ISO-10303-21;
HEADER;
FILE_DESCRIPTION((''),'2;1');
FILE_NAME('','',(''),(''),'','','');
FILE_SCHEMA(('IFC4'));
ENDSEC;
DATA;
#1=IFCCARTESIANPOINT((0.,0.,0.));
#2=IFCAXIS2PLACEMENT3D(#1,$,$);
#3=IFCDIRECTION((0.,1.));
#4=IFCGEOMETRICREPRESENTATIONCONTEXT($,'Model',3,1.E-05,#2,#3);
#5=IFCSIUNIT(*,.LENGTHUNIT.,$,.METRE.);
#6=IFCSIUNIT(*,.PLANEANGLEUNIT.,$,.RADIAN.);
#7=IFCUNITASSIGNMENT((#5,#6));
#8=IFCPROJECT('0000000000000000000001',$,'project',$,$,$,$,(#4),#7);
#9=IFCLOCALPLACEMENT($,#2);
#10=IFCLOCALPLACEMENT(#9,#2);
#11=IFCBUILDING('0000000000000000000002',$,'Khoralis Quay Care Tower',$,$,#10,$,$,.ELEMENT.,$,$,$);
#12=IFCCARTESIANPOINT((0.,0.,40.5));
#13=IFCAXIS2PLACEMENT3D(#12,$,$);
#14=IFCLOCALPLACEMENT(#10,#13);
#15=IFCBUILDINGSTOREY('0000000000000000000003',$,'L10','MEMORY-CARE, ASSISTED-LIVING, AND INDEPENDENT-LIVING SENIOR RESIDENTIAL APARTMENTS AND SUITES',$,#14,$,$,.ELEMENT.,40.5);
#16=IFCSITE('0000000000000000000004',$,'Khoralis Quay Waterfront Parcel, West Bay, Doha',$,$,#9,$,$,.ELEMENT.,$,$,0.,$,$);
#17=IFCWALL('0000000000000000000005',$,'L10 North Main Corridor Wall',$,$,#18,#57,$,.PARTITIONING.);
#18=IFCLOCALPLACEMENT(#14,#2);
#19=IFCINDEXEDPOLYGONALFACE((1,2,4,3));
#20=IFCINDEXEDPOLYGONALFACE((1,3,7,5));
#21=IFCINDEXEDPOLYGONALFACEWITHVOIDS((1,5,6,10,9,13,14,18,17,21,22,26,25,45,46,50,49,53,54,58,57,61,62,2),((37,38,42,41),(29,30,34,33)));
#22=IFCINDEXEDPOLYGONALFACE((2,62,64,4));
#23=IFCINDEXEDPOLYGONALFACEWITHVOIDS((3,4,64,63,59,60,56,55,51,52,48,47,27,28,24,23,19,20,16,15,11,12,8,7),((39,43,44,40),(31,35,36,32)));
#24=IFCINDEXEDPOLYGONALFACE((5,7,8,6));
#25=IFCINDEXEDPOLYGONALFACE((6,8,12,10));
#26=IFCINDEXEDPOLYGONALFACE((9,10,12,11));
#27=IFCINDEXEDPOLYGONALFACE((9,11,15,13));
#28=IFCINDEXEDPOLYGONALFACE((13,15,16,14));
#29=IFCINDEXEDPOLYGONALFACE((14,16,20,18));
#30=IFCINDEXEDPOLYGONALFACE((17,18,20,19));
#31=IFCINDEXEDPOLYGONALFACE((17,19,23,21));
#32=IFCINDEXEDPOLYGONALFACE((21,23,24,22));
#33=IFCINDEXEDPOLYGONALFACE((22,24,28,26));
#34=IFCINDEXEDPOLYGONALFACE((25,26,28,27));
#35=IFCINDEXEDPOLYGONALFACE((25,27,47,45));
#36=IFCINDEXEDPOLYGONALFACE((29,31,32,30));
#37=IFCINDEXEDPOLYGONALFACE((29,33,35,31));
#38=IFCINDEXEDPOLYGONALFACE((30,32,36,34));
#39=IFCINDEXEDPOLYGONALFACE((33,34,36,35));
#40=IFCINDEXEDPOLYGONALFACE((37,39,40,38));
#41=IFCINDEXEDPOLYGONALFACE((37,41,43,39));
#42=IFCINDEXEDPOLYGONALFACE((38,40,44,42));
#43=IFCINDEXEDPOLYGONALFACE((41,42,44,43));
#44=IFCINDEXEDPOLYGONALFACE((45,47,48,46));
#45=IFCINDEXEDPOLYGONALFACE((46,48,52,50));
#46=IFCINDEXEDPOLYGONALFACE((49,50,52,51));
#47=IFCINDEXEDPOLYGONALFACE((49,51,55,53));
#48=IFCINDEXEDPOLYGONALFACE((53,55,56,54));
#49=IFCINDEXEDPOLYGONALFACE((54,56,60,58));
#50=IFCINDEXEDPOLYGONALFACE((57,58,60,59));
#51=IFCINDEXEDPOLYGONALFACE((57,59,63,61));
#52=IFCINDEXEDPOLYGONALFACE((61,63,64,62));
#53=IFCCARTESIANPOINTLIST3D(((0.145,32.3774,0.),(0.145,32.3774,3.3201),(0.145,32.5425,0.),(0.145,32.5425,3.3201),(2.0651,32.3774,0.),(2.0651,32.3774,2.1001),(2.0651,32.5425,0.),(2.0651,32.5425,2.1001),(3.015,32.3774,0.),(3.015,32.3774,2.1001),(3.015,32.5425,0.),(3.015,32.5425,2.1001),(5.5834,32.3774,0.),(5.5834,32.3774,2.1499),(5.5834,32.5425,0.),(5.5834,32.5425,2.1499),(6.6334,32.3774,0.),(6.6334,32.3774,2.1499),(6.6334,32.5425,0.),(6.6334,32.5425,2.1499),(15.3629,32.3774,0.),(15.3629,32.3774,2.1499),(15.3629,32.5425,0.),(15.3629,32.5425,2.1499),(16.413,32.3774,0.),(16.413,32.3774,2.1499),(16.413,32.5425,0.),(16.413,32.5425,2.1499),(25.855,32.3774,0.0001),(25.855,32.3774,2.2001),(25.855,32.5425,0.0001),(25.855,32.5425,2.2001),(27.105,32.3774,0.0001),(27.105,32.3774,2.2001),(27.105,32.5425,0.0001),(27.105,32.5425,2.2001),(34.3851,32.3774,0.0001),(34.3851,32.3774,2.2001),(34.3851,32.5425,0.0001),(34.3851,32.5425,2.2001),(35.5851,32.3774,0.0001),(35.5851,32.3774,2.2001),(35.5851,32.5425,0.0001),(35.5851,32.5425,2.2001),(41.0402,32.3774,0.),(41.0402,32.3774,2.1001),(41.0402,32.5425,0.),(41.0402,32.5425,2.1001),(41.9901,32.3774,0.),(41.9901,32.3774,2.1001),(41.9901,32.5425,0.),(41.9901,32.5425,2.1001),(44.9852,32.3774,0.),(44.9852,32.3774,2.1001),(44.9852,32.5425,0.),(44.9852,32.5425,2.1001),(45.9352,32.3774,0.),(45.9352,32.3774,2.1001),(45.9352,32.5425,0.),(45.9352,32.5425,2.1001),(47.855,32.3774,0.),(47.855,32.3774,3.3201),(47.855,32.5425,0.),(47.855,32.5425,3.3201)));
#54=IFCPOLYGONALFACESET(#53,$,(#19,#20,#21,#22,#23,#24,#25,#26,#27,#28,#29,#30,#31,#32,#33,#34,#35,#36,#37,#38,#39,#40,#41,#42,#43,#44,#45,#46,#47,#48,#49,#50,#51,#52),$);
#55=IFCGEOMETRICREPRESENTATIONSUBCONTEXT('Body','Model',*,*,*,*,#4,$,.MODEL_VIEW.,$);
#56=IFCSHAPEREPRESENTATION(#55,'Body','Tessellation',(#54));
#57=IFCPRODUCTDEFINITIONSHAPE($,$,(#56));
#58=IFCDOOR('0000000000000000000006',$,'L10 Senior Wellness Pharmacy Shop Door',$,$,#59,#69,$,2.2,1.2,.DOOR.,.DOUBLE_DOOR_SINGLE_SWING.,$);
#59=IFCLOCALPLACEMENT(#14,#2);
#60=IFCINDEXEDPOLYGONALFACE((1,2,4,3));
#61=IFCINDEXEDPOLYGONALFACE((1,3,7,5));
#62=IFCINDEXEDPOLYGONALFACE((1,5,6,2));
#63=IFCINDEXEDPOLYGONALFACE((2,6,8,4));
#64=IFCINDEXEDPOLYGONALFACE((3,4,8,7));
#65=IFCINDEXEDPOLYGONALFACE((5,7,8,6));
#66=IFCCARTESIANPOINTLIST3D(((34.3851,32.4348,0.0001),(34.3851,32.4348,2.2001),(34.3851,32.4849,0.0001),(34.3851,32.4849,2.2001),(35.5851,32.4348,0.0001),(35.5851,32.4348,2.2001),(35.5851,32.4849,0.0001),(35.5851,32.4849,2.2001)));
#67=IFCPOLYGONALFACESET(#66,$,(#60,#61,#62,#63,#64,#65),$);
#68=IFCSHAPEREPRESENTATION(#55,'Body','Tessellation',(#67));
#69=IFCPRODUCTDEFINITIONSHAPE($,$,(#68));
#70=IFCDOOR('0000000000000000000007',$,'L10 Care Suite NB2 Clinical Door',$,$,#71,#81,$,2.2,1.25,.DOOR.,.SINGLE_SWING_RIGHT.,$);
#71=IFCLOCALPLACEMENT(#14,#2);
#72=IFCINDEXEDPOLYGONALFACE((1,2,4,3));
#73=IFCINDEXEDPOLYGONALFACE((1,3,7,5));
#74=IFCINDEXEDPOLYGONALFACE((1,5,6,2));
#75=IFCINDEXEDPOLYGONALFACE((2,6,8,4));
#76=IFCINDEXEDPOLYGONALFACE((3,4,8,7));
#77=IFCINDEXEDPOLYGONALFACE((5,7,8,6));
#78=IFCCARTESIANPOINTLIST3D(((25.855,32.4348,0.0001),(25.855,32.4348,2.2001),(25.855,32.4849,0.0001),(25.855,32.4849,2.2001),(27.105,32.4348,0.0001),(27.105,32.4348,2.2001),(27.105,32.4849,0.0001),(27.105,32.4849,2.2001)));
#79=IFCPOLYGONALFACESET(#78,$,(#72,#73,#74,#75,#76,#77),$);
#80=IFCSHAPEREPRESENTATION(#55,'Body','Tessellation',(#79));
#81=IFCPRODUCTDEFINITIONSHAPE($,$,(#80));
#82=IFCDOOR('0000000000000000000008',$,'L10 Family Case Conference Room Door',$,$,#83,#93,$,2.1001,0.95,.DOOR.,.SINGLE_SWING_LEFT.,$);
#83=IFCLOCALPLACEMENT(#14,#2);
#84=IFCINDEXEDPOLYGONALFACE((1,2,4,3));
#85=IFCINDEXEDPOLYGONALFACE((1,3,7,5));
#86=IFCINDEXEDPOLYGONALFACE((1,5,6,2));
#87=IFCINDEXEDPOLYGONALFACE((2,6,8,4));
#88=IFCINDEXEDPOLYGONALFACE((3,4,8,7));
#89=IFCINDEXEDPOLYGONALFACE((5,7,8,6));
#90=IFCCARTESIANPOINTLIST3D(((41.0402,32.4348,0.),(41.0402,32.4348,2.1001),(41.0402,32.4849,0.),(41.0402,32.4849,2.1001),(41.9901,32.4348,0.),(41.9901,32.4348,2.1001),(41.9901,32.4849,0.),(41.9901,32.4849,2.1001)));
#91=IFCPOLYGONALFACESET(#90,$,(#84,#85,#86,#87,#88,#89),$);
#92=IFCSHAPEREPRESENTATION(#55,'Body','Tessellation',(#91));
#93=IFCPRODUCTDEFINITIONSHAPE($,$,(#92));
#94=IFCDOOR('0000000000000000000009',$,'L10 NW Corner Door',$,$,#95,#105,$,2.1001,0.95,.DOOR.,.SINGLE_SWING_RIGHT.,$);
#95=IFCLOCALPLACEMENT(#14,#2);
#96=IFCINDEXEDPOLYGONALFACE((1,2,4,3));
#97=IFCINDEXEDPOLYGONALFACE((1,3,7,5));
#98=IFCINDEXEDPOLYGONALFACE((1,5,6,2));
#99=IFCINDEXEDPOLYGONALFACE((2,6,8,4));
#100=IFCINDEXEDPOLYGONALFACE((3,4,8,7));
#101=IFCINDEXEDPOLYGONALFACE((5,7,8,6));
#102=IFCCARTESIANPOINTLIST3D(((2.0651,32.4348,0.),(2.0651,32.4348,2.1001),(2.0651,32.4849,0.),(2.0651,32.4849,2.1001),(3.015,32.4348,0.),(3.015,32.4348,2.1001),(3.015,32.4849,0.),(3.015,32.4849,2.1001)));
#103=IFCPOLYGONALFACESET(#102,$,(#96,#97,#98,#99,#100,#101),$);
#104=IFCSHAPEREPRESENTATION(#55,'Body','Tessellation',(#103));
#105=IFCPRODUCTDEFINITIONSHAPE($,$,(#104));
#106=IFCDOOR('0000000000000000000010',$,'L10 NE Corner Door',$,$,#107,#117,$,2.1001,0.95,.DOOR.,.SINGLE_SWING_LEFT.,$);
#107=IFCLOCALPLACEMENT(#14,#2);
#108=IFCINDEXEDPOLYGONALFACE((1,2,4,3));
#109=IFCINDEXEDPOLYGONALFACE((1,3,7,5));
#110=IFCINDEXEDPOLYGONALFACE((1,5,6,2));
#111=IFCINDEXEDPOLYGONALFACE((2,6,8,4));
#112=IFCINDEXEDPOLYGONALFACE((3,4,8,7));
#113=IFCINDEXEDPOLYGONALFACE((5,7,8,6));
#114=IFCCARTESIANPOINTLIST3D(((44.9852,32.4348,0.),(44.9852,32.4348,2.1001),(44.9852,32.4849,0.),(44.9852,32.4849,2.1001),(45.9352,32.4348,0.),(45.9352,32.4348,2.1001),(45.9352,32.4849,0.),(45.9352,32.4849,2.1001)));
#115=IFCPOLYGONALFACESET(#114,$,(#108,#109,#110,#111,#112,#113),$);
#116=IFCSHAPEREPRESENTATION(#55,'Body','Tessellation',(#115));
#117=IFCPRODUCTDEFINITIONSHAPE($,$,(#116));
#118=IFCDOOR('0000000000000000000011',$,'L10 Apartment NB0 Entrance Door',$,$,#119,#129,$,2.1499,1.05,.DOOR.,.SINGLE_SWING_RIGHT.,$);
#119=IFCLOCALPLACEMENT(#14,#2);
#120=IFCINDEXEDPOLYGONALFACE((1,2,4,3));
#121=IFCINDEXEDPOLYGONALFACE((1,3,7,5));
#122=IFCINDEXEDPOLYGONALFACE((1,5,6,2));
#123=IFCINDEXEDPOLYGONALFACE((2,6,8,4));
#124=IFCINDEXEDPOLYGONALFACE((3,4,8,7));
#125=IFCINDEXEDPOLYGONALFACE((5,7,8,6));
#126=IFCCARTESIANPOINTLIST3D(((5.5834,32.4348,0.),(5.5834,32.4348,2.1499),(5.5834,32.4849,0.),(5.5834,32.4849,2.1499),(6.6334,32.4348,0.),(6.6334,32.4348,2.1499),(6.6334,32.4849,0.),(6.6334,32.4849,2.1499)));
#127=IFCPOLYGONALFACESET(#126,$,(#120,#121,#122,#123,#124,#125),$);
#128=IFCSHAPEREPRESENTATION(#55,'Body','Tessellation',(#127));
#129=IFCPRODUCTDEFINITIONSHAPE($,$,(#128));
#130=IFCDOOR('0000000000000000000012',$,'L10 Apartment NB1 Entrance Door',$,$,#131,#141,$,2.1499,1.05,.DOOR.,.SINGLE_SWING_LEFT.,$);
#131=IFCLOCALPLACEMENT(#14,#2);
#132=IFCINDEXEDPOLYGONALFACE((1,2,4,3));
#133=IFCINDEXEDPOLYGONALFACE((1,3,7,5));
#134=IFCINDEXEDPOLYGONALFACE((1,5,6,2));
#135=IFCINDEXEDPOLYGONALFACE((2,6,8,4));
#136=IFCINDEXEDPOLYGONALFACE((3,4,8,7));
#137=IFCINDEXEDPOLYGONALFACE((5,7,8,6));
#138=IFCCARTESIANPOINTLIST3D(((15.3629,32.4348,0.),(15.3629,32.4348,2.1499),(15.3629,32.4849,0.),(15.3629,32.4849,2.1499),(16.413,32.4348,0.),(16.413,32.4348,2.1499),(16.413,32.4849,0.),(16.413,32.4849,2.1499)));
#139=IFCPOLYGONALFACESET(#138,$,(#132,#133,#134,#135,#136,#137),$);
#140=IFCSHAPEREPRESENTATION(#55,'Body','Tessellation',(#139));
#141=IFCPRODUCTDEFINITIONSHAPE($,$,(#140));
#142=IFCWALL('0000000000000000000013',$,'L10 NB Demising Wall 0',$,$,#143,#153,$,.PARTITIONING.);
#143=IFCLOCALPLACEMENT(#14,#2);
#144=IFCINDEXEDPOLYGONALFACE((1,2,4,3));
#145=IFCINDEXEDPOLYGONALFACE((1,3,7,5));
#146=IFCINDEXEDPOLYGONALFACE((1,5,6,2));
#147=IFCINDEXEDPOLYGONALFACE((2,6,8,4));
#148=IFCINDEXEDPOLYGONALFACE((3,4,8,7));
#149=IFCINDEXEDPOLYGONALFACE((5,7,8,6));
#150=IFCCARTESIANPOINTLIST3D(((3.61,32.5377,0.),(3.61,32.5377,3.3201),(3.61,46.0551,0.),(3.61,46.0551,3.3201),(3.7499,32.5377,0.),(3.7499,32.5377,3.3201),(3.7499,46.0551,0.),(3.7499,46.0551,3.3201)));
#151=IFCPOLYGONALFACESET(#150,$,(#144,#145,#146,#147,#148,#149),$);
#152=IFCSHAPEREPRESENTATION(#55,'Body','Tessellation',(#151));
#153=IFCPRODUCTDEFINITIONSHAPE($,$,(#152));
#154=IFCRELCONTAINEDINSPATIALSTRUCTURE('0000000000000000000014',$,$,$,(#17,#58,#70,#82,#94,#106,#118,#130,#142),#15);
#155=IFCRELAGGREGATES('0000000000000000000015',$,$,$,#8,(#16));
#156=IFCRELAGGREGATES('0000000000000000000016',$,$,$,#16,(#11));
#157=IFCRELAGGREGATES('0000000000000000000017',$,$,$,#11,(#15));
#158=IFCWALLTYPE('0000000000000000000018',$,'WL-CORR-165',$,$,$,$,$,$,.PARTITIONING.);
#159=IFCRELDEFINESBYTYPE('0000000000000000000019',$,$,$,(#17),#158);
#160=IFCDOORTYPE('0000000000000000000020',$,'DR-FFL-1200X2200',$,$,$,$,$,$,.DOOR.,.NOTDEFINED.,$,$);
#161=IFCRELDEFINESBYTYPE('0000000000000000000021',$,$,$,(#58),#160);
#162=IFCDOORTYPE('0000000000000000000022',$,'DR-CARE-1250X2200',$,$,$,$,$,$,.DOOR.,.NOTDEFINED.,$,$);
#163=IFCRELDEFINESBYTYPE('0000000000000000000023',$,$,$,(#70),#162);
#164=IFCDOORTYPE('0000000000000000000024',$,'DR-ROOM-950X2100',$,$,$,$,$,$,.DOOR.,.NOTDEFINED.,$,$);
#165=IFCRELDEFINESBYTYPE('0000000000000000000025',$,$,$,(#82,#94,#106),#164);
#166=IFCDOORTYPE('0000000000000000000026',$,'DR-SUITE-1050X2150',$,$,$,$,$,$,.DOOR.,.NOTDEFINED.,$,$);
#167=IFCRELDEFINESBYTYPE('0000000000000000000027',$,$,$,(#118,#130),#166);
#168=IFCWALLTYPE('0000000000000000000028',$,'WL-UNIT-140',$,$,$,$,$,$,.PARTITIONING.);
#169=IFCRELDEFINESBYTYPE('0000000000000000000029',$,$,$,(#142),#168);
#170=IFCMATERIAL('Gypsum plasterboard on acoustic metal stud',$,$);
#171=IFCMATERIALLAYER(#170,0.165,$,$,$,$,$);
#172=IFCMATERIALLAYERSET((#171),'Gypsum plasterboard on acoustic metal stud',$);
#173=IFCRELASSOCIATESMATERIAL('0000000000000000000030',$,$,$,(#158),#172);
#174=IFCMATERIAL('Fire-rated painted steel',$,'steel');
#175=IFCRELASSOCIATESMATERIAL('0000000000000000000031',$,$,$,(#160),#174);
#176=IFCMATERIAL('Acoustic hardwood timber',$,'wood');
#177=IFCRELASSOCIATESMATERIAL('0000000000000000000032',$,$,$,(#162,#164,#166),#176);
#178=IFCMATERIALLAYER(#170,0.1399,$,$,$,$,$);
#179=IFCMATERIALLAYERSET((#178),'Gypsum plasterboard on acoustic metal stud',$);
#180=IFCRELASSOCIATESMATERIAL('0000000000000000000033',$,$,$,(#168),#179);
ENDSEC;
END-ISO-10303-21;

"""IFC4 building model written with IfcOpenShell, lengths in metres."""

from ifc_helpers import new_model, si_unit, direction, frame, frame_2d, origin, place, context, subcontext, project, spatial, rectangle, extrude, source, transform, mapped, material, layer, layer_set, type_object, element, fill, save


model = new_model("IFC4")

# Units and contexts
model_context = context("Model", 3, precision=1e-05, world=origin(), true_north=direction((0.0, 1.0)))
body_context = subcontext(model_context, "Body", "Model", "MODEL_VIEW")
ifc_project = project(units=[si_unit("LENGTHUNIT", "METRE"), si_unit("PLANEANGLEUNIT", "RADIAN")], contexts=[model_context])

# Site, building, storey
site_placement = place(None, origin())
site = spatial("IfcSite", under=ifc_project, at=site_placement, Name="Khoralis Quay Waterfront Parcel, West Bay, Doha", CompositionType="ELEMENT", RefElevation=0.0)
building_placement = place(site_placement, origin())
building = spatial("IfcBuilding", under=site, at=building_placement, Name="Khoralis Quay Care Tower", CompositionType="ELEMENT")
storey_placement = place(building_placement, frame((0.0, 0.0, 40.5)))
storey = spatial("IfcBuildingStorey", under=building, at=storey_placement, Name="L10", Description="MEMORY-CARE, ASSISTED-LIVING, AND INDEPENDENT-LIVING SENIOR RESIDENTIAL APARTMENTS AND SUITES", CompositionType="ELEMENT", Elevation=40.5)

# Wall, openings, doors
ifc_material_1 = material(Name="Gypsum plasterboard on acoustic metal stud")
ifc_layer_1 = layer(ifc_material_1, 0.165)
ifc_layer_set_1 = layer_set([ifc_layer_1], Name="Gypsum plasterboard on acoustic metal stud")
wall_type_1 = type_object("IfcWallType", Name="WL-CORR-165", PredefinedType="PARTITIONING", material=ifc_layer_set_1)
wall_1_placement = place(storey_placement, frame((0.145, 32.46, 0.0), z_axis=(0.0, 0.0, 1.0), x_axis=(1.0, 0.0, 0.0)))
wall_1 = element("IfcWall", 1, at=wall_1_placement, inside=storey, type_object=wall_type_1, Name="L10 North Main Corridor Wall", PredefinedType="PARTITIONING", context=body_context, shape_type="SweptSolid", body=[
    extrude(rectangle(XDim=47.71, YDim=0.165, at=frame_2d((23.855, 0.0))), origin(), (0.0, 0.0, 1.0), 3.3201),
])
opening_1_placement = place(wall_1_placement, frame((5.4385, 0.0, 0.0)))
opening_1 = element("IfcOpeningElement", 2, at=opening_1_placement, cuts=wall_1, PredefinedType="OPENING", context=body_context, shape_type="SweptSolid", body=[
    extrude(rectangle(XDim=1.05, YDim=2.1499, at=frame_2d((0.5249, 1.075))), frame((0.0, 0.0925, 0.0), z_axis=(0.0, -1.0, 0.0), x_axis=(1.0, 0.0, 0.0)), (0.0, 0.0, 1.0), 0.1851),
])
opening_2_placement = place(wall_1_placement, frame((15.218, 0.0, 0.0)))
opening_2 = element("IfcOpeningElement", 3, at=opening_2_placement, cuts=wall_1, PredefinedType="OPENING", context=body_context, shape_type="SweptSolid", body=[
    extrude(rectangle(XDim=1.05, YDim=2.1499, at=frame_2d((0.5249, 1.075))), frame((0.0, 0.0925, 0.0), z_axis=(0.0, -1.0, 0.0), x_axis=(1.0, 0.0, 0.0)), (0.0, 0.0, 1.0), 0.1851),
])
opening_3_placement = place(wall_1_placement, frame((25.71, 0.0, 0.0)))
opening_3 = element("IfcOpeningElement", 4, at=opening_3_placement, cuts=wall_1, PredefinedType="OPENING", context=body_context, shape_type="SweptSolid", body=[
    extrude(rectangle(XDim=1.25, YDim=2.2, at=frame_2d((0.625, 1.1001))), frame((0.0, 0.0925, 0.0), z_axis=(0.0, -1.0, 0.0), x_axis=(1.0, 0.0, 0.0)), (0.0, 0.0, 1.0), 0.1851),
])
opening_4_placement = place(wall_1_placement, frame((34.24, 0.0, 0.0)))
opening_4 = element("IfcOpeningElement", 5, at=opening_4_placement, cuts=wall_1, PredefinedType="OPENING", context=body_context, shape_type="SweptSolid", body=[
    extrude(rectangle(XDim=1.2, YDim=2.2, at=frame_2d((0.6001, 1.1001))), frame((0.0, 0.0925, 0.0), z_axis=(0.0, -1.0, 0.0), x_axis=(1.0, 0.0, 0.0)), (0.0, 0.0, 1.0), 0.1851),
])
opening_5_placement = place(wall_1_placement, frame((40.895, 0.0, 0.0)))
opening_5 = element("IfcOpeningElement", 6, at=opening_5_placement, cuts=wall_1, PredefinedType="OPENING", context=body_context, shape_type="SweptSolid", body=[
    extrude(rectangle(XDim=0.95, YDim=2.1001, at=frame_2d((0.4751, 1.05))), frame((0.0, 0.0925, 0.0), z_axis=(0.0, -1.0, 0.0), x_axis=(1.0, 0.0, 0.0)), (0.0, 0.0, 1.0), 0.1851),
])
opening_6_placement = place(wall_1_placement, frame((1.9199, 0.0, 0.0)))
opening_6 = element("IfcOpeningElement", 7, at=opening_6_placement, cuts=wall_1, PredefinedType="OPENING", context=body_context, shape_type="SweptSolid", body=[
    extrude(rectangle(XDim=0.95, YDim=2.1001, at=frame_2d((0.4751, 1.05))), frame((0.0, 0.0925, 0.0), z_axis=(0.0, -1.0, 0.0), x_axis=(1.0, 0.0, 0.0)), (0.0, 0.0, 1.0), 0.1851),
])
opening_7_placement = place(wall_1_placement, frame((44.8401, 0.0, 0.0)))
opening_7 = element("IfcOpeningElement", 8, at=opening_7_placement, cuts=wall_1, PredefinedType="OPENING", context=body_context, shape_type="SweptSolid", body=[
    extrude(rectangle(XDim=0.95, YDim=2.1001, at=frame_2d((0.4751, 1.05))), frame((0.0, 0.0925, 0.0), z_axis=(0.0, -1.0, 0.0), x_axis=(1.0, 0.0, 0.0)), (0.0, 0.0, 1.0), 0.1851),
])
ifc_material_2 = material(Name="Fire-rated painted steel", Category="steel")
door_type_1 = type_object("IfcDoorType", Name="DR-FFL-1200X2200", OperationType="NOTDEFINED", PredefinedType="DOOR", material=ifc_material_2)
shared_shape_1 = source(origin(), body_context, "Body", "SweptSolid", [
    extrude(rectangle(XDim=1.2, YDim=2.2, at=frame_2d((0.6001, 1.1001))), frame((0.0, 0.0249, 0.0), z_axis=(0.0, -1.0, 0.0), x_axis=(1.0, 0.0, 0.0)), (0.0, 0.0, 1.0), 0.05),
])
door_1_placement = place(opening_4_placement, origin())
door_1 = element("IfcDoor", 9, at=door_1_placement, inside=storey, type_object=door_type_1, Name="L10 Senior Wellness Pharmacy Shop Door", OperationType="DOUBLE_DOOR_SINGLE_SWING", OverallHeight=2.2, OverallWidth=1.2, PredefinedType="DOOR", context=body_context, shape_type="MappedRepresentation", body=[
    mapped(shared_shape_1, transform((0.0, 0.0, 0.0), scale=1.0)),
])
fill(opening_4, door_1)
ifc_material_3 = material(Name="Acoustic hardwood timber", Category="wood")
door_type_2 = type_object("IfcDoorType", Name="DR-CARE-1250X2200", OperationType="NOTDEFINED", PredefinedType="DOOR", material=ifc_material_3)
shared_shape_2 = source(origin(), body_context, "Body", "SweptSolid", [
    extrude(rectangle(XDim=1.25, YDim=2.2, at=frame_2d((0.625, 1.1001))), frame((0.0, 0.0249, 0.0), z_axis=(0.0, -1.0, 0.0), x_axis=(1.0, 0.0, 0.0)), (0.0, 0.0, 1.0), 0.05),
])
door_2_placement = place(opening_3_placement, origin())
door_2 = element("IfcDoor", 10, at=door_2_placement, inside=storey, type_object=door_type_2, Name="L10 Care Suite NB2 Clinical Door", OperationType="SINGLE_SWING_RIGHT", OverallHeight=2.2, OverallWidth=1.25, PredefinedType="DOOR", context=body_context, shape_type="MappedRepresentation", body=[
    mapped(shared_shape_2, transform((0.0, 0.0, 0.0), scale=1.0)),
])
fill(opening_3, door_2)
door_type_3 = type_object("IfcDoorType", Name="DR-ROOM-950X2100", OperationType="NOTDEFINED", PredefinedType="DOOR", material=ifc_material_3)
shared_shape_3 = source(origin(), body_context, "Body", "SweptSolid", [
    extrude(rectangle(XDim=0.95, YDim=2.1001, at=frame_2d((0.4751, 1.05))), frame((0.0, 0.0249, 0.0), z_axis=(0.0, -1.0, 0.0), x_axis=(1.0, 0.0, 0.0)), (0.0, 0.0, 1.0), 0.05),
])
door_3_placement = place(opening_5_placement, origin())
door_3 = element("IfcDoor", 11, at=door_3_placement, inside=storey, type_object=door_type_3, Name="L10 Family Case Conference Room Door", OperationType="SINGLE_SWING_LEFT", OverallHeight=2.1001, OverallWidth=0.95, PredefinedType="DOOR", context=body_context, shape_type="MappedRepresentation", body=[
    mapped(shared_shape_3, transform((0.0, 0.0, 0.0), scale=1.0)),
])
fill(opening_5, door_3)
door_4_placement = place(opening_6_placement, origin())
door_4 = element("IfcDoor", 12, at=door_4_placement, inside=storey, type_object=door_type_3, Name="L10 NW Corner Door", OperationType="SINGLE_SWING_RIGHT", OverallHeight=2.1001, OverallWidth=0.95, PredefinedType="DOOR", context=body_context, shape_type="MappedRepresentation", body=[
    mapped(shared_shape_3, transform((0.0, 0.0, 0.0), scale=1.0)),
])
fill(opening_6, door_4)
door_5_placement = place(opening_7_placement, origin())
door_5 = element("IfcDoor", 13, at=door_5_placement, inside=storey, type_object=door_type_3, Name="L10 NE Corner Door", OperationType="SINGLE_SWING_LEFT", OverallHeight=2.1001, OverallWidth=0.95, PredefinedType="DOOR", context=body_context, shape_type="MappedRepresentation", body=[
    mapped(shared_shape_3, transform((0.0, 0.0, 0.0), scale=1.0)),
])
fill(opening_7, door_5)
door_type_4 = type_object("IfcDoorType", Name="DR-SUITE-1050X2150", OperationType="NOTDEFINED", PredefinedType="DOOR", material=ifc_material_3)
shared_shape_4 = source(origin(), body_context, "Body", "SweptSolid", [
    extrude(rectangle(XDim=1.05, YDim=2.1499, at=frame_2d((0.5249, 1.075))), frame((0.0, 0.0249, 0.0), z_axis=(0.0, -1.0, 0.0), x_axis=(1.0, 0.0, 0.0)), (0.0, 0.0, 1.0), 0.05),
])
door_6_placement = place(opening_1_placement, origin())
door_6 = element("IfcDoor", 14, at=door_6_placement, inside=storey, type_object=door_type_4, Name="L10 Apartment NB0 Entrance Door", OperationType="SINGLE_SWING_RIGHT", OverallHeight=2.1499, OverallWidth=1.05, PredefinedType="DOOR", context=body_context, shape_type="MappedRepresentation", body=[
    mapped(shared_shape_4, transform((0.0, 0.0, 0.0), scale=1.0)),
])
fill(opening_1, door_6)
door_7_placement = place(opening_2_placement, origin())
door_7 = element("IfcDoor", 15, at=door_7_placement, inside=storey, type_object=door_type_4, Name="L10 Apartment NB1 Entrance Door", OperationType="SINGLE_SWING_LEFT", OverallHeight=2.1499, OverallWidth=1.05, PredefinedType="DOOR", context=body_context, shape_type="MappedRepresentation", body=[
    mapped(shared_shape_4, transform((0.0, 0.0, 0.0), scale=1.0)),
])
fill(opening_2, door_7)

# Wall
ifc_layer_2 = layer(ifc_material_1, 0.1399)
ifc_layer_set_2 = layer_set([ifc_layer_2], Name="Gypsum plasterboard on acoustic metal stud")
wall_type_2 = type_object("IfcWallType", Name="WL-UNIT-140", PredefinedType="PARTITIONING", material=ifc_layer_set_2)
wall_2_placement = place(storey_placement, frame((3.6799, 32.5376, 0.0), z_axis=(0.0, 0.0, 1.0), x_axis=(0.0, 1.0, 0.0)))
element("IfcWall", 16, at=wall_2_placement, inside=storey, type_object=wall_type_2, Name="L10 NB Demising Wall 0", PredefinedType="PARTITIONING", context=body_context, shape_type="SweptSolid", body=[
    extrude(rectangle(XDim=13.5173, YDim=0.1399, at=frame_2d((6.7588, 0.0))), origin(), (0.0, 0.0, 1.0), 3.3201),
])

save(model, "model.ifc")
